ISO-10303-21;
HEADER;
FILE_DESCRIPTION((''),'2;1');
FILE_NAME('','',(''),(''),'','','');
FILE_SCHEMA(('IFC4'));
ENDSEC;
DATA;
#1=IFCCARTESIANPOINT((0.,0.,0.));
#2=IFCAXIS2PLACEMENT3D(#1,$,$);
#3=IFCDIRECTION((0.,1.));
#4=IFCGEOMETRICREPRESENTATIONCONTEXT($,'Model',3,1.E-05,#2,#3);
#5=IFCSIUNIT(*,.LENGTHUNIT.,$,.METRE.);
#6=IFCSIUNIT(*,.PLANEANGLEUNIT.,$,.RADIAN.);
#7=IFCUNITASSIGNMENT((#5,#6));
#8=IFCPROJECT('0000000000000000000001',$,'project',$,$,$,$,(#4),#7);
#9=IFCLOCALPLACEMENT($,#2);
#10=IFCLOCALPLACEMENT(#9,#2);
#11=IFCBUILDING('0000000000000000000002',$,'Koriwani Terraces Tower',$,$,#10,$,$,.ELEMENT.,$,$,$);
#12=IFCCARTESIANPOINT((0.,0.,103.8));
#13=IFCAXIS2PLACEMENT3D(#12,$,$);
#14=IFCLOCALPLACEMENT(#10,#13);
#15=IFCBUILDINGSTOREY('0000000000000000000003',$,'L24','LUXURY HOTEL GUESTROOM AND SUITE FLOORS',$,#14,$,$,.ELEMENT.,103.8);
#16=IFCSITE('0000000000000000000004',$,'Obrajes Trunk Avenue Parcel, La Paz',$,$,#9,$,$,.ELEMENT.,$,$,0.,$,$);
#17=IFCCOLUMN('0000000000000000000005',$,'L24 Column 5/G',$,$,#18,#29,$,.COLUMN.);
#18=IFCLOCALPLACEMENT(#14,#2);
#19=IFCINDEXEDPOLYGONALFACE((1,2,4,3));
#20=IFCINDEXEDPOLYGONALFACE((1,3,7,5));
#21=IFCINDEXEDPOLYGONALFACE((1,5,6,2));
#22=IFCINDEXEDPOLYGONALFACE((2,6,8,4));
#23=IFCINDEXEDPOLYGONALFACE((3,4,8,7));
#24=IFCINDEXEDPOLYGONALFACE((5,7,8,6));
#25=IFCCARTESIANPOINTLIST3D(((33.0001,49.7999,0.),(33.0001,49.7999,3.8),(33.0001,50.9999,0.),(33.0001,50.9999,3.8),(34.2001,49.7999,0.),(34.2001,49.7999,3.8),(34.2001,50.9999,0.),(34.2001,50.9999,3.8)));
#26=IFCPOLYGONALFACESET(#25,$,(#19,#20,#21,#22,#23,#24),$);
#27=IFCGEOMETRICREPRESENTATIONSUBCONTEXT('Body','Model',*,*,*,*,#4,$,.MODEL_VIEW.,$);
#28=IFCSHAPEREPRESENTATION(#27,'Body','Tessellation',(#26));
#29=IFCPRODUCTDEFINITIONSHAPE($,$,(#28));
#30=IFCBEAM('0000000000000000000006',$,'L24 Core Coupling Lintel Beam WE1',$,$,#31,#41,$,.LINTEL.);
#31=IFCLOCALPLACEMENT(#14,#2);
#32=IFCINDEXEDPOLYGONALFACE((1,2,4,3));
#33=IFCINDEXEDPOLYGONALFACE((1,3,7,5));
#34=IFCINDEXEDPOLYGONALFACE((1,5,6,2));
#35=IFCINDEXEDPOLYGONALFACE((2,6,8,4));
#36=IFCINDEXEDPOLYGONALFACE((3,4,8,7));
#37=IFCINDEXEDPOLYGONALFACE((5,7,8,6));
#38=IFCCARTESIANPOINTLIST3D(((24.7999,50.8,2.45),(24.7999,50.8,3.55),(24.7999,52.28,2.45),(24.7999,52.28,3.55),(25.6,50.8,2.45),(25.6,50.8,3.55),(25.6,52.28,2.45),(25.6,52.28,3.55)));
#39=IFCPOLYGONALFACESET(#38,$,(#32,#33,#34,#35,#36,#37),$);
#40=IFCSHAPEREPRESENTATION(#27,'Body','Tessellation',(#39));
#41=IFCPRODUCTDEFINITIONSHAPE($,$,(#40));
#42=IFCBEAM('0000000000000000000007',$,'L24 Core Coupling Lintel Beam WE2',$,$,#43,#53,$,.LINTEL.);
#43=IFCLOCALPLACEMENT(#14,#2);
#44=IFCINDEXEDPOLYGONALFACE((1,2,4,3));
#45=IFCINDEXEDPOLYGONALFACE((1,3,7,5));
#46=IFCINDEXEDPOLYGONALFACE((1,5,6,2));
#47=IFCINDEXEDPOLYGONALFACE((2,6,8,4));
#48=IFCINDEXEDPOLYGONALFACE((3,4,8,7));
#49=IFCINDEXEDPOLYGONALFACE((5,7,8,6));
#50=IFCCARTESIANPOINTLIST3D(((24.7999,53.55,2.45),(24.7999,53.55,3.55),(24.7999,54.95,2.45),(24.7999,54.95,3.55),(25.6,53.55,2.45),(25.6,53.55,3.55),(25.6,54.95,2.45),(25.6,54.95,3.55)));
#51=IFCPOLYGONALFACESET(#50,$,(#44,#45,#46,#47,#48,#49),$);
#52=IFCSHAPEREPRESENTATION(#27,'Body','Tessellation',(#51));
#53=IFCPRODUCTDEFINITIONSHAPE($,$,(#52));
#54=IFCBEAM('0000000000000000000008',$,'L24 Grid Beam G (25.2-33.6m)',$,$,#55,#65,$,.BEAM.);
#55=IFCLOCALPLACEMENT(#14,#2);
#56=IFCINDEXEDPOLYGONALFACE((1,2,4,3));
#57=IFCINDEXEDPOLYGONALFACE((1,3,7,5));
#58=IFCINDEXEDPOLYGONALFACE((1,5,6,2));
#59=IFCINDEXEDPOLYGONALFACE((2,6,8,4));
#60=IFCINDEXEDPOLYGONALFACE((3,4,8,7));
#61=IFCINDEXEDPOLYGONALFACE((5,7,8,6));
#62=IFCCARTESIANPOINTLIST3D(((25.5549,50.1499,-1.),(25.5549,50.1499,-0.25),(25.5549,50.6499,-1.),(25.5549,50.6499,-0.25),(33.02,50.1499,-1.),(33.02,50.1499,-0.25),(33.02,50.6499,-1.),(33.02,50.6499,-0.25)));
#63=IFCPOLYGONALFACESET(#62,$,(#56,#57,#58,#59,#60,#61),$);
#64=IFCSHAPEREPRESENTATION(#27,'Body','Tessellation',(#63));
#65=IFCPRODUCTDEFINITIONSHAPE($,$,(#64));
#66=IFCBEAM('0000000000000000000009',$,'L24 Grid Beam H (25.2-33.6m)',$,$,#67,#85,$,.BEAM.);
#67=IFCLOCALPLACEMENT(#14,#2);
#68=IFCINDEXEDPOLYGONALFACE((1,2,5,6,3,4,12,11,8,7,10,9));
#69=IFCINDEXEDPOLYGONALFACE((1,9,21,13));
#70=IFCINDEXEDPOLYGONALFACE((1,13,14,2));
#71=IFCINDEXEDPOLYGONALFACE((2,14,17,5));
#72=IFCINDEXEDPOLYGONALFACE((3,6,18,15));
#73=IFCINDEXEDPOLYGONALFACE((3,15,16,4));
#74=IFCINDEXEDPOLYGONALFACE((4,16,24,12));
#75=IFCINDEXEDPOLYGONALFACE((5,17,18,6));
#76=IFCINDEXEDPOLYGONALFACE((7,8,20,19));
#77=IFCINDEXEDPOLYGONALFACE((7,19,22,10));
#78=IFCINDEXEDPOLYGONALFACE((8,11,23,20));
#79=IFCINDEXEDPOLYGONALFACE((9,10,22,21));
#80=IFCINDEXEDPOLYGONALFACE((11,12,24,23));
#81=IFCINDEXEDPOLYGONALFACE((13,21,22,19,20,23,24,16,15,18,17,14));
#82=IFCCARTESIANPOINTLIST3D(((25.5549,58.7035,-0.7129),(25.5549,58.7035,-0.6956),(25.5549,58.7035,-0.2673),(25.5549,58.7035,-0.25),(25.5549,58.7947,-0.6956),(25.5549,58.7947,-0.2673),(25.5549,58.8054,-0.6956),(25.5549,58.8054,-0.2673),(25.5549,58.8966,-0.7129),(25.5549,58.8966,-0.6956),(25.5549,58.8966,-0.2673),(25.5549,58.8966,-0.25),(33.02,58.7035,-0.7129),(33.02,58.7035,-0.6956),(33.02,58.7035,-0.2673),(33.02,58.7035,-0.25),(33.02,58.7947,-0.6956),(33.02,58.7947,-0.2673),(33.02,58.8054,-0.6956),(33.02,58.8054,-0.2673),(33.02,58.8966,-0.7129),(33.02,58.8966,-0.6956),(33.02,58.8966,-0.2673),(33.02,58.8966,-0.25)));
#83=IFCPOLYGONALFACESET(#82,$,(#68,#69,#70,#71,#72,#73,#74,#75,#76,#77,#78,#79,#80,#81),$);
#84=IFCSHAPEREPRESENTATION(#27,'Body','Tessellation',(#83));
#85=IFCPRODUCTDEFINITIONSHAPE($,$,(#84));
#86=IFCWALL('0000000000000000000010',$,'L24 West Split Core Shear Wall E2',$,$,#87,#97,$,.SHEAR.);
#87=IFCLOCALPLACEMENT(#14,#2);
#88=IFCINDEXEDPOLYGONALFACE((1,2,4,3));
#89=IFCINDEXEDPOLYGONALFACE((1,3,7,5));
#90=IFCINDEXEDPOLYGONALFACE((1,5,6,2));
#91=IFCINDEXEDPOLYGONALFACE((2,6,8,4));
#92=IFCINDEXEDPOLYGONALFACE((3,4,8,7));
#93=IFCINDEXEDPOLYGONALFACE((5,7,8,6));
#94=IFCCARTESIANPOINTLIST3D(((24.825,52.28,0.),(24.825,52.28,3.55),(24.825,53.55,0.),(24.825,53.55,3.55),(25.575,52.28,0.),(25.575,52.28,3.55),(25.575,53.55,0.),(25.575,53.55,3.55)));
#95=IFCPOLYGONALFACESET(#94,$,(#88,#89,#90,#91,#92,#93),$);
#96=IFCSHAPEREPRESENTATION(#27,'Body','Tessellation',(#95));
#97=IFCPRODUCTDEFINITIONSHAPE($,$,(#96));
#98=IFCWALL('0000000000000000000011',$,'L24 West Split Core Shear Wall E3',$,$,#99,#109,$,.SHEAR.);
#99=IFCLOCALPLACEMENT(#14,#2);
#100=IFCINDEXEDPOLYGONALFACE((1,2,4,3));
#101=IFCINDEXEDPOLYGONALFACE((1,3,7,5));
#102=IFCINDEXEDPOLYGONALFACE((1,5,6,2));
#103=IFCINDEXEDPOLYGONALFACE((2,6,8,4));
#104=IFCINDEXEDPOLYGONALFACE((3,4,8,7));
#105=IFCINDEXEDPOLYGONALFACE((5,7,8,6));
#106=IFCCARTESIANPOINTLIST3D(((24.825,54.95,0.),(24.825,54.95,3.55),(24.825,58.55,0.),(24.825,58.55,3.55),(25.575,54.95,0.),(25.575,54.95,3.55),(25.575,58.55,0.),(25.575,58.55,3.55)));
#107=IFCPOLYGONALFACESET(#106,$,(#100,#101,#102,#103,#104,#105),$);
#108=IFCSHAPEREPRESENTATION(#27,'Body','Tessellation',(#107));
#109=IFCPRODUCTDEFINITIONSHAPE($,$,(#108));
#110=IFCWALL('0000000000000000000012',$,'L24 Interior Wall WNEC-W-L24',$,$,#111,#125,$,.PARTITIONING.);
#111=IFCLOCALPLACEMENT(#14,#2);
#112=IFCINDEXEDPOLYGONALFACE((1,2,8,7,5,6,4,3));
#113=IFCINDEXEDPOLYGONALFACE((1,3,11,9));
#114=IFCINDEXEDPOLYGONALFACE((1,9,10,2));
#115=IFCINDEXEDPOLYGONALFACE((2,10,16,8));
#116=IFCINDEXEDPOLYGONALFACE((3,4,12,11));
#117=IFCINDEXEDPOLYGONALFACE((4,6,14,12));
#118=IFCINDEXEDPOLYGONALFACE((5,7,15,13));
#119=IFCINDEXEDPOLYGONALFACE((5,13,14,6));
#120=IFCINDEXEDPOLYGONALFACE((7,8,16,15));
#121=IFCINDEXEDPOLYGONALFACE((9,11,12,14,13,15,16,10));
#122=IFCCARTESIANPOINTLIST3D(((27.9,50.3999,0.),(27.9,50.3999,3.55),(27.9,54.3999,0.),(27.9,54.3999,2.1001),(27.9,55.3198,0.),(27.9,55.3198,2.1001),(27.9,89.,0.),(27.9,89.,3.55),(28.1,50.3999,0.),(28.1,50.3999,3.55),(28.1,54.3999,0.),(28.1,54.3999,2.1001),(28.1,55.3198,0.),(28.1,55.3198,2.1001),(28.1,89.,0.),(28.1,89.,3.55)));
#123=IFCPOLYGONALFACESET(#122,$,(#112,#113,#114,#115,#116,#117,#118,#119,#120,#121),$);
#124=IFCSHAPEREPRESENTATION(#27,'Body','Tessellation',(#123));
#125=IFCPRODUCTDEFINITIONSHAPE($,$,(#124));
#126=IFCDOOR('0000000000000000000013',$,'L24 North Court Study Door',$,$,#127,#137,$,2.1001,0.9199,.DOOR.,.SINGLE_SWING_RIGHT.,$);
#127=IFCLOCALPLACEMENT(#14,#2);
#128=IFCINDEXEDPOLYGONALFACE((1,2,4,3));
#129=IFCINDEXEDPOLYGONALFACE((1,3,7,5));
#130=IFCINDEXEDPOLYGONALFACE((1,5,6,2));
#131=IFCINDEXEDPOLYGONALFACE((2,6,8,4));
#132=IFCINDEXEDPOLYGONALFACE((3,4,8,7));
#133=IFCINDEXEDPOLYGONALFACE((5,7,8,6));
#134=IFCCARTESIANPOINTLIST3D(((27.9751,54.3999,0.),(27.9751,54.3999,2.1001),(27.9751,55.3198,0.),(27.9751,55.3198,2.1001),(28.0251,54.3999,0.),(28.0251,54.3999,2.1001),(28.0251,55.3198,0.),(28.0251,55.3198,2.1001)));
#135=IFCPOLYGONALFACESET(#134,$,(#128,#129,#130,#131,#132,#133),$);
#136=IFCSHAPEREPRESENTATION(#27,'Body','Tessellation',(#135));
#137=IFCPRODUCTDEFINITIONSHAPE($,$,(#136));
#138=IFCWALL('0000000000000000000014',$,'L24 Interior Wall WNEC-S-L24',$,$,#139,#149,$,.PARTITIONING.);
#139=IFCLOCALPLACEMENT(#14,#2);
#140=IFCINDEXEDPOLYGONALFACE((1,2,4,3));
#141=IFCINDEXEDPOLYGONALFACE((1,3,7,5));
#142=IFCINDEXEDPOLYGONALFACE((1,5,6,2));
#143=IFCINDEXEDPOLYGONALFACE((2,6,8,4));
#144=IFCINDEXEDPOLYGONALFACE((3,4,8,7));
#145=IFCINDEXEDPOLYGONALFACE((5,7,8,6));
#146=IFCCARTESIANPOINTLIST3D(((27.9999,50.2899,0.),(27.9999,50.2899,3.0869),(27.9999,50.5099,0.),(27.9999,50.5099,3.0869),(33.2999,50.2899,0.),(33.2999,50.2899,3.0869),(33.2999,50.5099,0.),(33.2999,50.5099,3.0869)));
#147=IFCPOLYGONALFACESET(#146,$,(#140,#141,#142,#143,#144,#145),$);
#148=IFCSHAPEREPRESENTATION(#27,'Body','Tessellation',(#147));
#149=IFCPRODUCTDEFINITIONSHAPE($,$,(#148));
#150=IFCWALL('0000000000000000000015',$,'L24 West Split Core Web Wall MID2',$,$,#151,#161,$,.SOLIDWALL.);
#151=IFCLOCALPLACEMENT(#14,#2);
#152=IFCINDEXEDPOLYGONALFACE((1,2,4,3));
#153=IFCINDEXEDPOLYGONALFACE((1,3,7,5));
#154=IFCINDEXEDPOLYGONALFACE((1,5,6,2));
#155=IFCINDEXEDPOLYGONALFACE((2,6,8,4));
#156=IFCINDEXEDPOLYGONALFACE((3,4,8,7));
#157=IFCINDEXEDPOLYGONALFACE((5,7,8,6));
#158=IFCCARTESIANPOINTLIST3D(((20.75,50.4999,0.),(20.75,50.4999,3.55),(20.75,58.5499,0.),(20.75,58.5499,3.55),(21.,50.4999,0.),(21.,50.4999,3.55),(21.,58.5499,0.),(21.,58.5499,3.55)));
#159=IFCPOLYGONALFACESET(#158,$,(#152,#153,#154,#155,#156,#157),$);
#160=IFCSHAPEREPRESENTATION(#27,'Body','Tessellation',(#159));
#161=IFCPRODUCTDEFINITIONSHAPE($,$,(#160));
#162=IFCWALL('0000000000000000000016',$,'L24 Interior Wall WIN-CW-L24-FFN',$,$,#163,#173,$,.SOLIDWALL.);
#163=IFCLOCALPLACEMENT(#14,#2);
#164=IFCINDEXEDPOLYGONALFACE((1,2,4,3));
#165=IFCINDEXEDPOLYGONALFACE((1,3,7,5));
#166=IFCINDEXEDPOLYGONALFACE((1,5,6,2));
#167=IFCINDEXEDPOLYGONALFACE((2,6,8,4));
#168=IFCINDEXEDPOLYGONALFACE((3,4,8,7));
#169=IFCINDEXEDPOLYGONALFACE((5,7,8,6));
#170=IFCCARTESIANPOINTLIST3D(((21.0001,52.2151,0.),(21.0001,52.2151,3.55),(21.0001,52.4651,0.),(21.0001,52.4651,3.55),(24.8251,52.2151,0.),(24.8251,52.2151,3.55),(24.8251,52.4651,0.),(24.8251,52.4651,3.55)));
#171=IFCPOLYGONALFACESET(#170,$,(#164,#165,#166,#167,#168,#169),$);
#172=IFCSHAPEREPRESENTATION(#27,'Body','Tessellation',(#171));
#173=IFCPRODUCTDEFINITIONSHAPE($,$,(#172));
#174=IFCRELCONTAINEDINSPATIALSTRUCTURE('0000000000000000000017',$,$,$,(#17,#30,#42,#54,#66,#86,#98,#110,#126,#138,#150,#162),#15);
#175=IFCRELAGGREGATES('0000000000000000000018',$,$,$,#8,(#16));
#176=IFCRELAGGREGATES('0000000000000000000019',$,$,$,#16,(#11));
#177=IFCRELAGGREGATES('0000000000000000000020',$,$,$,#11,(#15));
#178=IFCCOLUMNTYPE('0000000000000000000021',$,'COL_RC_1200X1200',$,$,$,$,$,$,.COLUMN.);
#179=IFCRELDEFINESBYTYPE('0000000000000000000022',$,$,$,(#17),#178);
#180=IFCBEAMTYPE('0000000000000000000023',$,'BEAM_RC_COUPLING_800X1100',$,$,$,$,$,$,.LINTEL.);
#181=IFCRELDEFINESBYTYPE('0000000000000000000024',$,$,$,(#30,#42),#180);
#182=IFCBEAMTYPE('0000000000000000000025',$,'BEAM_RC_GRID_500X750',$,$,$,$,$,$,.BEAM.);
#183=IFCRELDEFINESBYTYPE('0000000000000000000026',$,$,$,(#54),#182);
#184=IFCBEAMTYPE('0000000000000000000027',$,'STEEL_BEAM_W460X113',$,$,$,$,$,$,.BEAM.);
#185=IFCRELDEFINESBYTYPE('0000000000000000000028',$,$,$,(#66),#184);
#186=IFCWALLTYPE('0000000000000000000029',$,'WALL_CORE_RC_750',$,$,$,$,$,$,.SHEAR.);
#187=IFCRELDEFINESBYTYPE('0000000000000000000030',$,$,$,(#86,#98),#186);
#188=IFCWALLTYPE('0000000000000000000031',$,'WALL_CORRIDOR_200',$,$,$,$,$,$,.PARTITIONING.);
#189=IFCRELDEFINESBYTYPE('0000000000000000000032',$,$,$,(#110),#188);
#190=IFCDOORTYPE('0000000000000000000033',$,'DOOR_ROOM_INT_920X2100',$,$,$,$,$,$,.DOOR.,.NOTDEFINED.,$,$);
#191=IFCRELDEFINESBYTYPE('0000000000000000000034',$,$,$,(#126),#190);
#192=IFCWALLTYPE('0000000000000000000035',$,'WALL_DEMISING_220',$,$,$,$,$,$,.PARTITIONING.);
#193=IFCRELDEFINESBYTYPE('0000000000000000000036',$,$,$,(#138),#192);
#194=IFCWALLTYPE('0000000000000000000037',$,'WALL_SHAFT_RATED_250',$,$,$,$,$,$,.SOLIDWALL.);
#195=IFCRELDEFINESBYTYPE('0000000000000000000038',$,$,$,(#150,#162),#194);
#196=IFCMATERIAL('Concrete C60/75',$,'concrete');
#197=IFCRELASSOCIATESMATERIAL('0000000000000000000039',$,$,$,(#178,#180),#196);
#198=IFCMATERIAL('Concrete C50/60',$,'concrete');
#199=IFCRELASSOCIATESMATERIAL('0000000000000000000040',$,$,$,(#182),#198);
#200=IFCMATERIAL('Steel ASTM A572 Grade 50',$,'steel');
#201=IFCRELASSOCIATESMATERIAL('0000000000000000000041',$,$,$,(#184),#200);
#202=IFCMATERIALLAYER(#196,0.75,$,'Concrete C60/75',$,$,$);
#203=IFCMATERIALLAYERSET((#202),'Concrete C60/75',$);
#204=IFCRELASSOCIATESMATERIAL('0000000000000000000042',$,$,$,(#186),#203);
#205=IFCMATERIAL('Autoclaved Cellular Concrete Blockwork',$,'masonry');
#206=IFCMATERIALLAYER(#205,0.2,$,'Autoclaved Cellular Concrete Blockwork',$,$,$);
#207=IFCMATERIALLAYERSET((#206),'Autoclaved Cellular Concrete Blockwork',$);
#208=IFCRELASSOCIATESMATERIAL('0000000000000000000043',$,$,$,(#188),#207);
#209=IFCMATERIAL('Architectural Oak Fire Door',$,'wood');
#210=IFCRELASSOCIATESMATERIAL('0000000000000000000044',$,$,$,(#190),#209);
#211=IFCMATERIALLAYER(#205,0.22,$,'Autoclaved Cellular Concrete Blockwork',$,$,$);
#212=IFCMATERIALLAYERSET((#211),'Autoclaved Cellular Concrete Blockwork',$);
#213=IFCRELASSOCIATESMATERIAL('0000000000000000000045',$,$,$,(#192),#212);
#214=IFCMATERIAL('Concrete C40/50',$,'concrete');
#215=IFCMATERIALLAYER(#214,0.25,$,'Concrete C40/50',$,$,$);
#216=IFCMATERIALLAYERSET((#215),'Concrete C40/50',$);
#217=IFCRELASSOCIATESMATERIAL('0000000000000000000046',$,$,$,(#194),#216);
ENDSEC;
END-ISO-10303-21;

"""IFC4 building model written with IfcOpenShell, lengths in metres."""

from ifc_helpers import new_model, si_unit, direction, frame, frame_2d, origin, origin_2d, place, context, subcontext, project, spatial, rectangle, i_section, extrude, material, layer, layer_set, material_profile, profile_set, type_object, element, fill, save


model = new_model("IFC4")

# Units and contexts
model_context = context("Model", 3, precision=1e-05, world=origin(), true_north=direction((0.0, 1.0)))
body_context = subcontext(model_context, "Body", "Model", "MODEL_VIEW")
ifc_project = project(units=[si_unit("LENGTHUNIT", "METRE"), si_unit("PLANEANGLEUNIT", "RADIAN")], contexts=[model_context])

# Site, building, storey
site_placement = place(None, origin())
site = spatial("IfcSite", under=ifc_project, at=site_placement, Name="Obrajes Trunk Avenue Parcel, La Paz", CompositionType="ELEMENT", RefElevation=0.0)
building_placement = place(site_placement, origin())
building = spatial("IfcBuilding", under=site, at=building_placement, Name="Koriwani Terraces Tower", CompositionType="ELEMENT")
storey_placement = place(building_placement, frame((0.0, 0.0, 103.8)))
storey = spatial("IfcBuildingStorey", under=building, at=storey_placement, Name="L24", Description="LUXURY HOTEL GUESTROOM AND SUITE FLOORS", CompositionType="ELEMENT", Elevation=103.8)

# Column
ifc_material_1 = material(Name="Concrete C60/75", Category="concrete")
ifc_material_profile_1 = material_profile(ifc_material_1, rectangle(XDim=1.2, YDim=1.2, at=origin_2d()), Name="Concrete C60/75", Category="LoadBearing")
ifc_profile_set_1 = profile_set([ifc_material_profile_1], Name="Concrete C60/75")
column_type = type_object("IfcColumnType", Name="COL_RC_1200X1200", PredefinedType="COLUMN", material=ifc_profile_set_1)
column_placement = place(storey_placement, frame((33.6001, 50.3999, 0.0), z_axis=(0.0, 0.0, 1.0), x_axis=(1.0, 0.0, 0.0)))
element("IfcColumn", 1, at=column_placement, inside=storey, type_object=column_type, Name="L24 Column 5/G", PredefinedType="COLUMN", context=body_context, shape_type="SweptSolid", body=[
    extrude(rectangle(XDim=1.2, YDim=1.2, at=origin_2d()), origin(), (0.0, 0.0, 1.0), 3.8),
])

# Beams
ifc_material_profile_2 = material_profile(ifc_material_1, rectangle(XDim=0.8, YDim=1.1001, at=origin_2d()), Name="Concrete C60/75", Category="LoadBearing")
ifc_profile_set_2 = profile_set([ifc_material_profile_2], Name="Concrete C60/75")
beam_type_1 = type_object("IfcBeamType", Name="BEAM_RC_COUPLING_800X1100", PredefinedType="LINTEL", material=ifc_profile_set_2)
beam_1_placement = place(storey_placement, frame((25.2, 50.8, 3.0), z_axis=(0.0, 1.0, 0.0), x_axis=(-1.0, 0.0, 0.0)))
element("IfcBeam", 2, at=beam_1_placement, inside=storey, type_object=beam_type_1, Name="L24 Core Coupling Lintel Beam WE1", PredefinedType="LINTEL", context=body_context, shape_type="SweptSolid", body=[
    extrude(rectangle(XDim=0.8, YDim=1.1001, at=origin_2d()), origin(), (0.0, 0.0, 1.0), 1.48),
])
beam_2_placement = place(storey_placement, frame((25.2, 53.55, 3.0), z_axis=(0.0, 1.0, 0.0), x_axis=(-1.0, 0.0, 0.0)))
element("IfcBeam", 3, at=beam_2_placement, inside=storey, type_object=beam_type_1, Name="L24 Core Coupling Lintel Beam WE2", PredefinedType="LINTEL", context=body_context, shape_type="SweptSolid", body=[
    extrude(rectangle(XDim=0.8, YDim=1.1001, at=origin_2d()), origin(), (0.0, 0.0, 1.0), 1.3999),
])
ifc_material_2 = material(Name="Concrete C50/60", Category="concrete")
ifc_material_profile_3 = material_profile(ifc_material_2, rectangle(XDim=0.5, YDim=0.75, at=origin_2d()), Name="Concrete C50/60", Category="LoadBearing")
ifc_profile_set_3 = profile_set([ifc_material_profile_3], Name="Concrete C50/60")
beam_type_2 = type_object("IfcBeamType", Name="BEAM_RC_GRID_500X750", PredefinedType="BEAM", material=ifc_profile_set_3)
beam_3_placement = place(storey_placement, frame((25.5549, 50.3999, -0.625), z_axis=(1.0, 0.0, 0.0), x_axis=(0.0, 1.0, 0.0)))
element("IfcBeam", 4, at=beam_3_placement, inside=storey, type_object=beam_type_2, Name="L24 Grid Beam G (25.2-33.6m)", PredefinedType="BEAM", context=body_context, shape_type="SweptSolid", body=[
    extrude(rectangle(XDim=0.5, YDim=0.75, at=origin_2d()), origin(), (0.0, 0.0, 1.0), 7.4651),
])
ifc_material_3 = material(Name="Steel ASTM A572 Grade 50", Category="steel")
ifc_material_profile_4 = material_profile(ifc_material_3, i_section(OverallWidth=0.1931, OverallDepth=0.4629, WebThickness=0.0107, FlangeThickness=0.0173, at=origin_2d()), Name="Steel ASTM A572 Grade 50", Category="LoadBearing")
ifc_profile_set_4 = profile_set([ifc_material_profile_4], Name="Steel ASTM A572 Grade 50")
beam_type_3 = type_object("IfcBeamType", Name="STEEL_BEAM_W460X113", PredefinedType="BEAM", material=ifc_profile_set_4)
beam_4_placement = place(storey_placement, frame((25.5549, 58.8, -0.4814), z_axis=(1.0, 0.0, 0.0), x_axis=(0.0, 1.0, 0.0)))
element("IfcBeam", 5, at=beam_4_placement, inside=storey, type_object=beam_type_3, Name="L24 Grid Beam H (25.2-33.6m)", PredefinedType="BEAM", context=body_context, shape_type="SweptSolid", body=[
    extrude(i_section(OverallWidth=0.1931, OverallDepth=0.4629, WebThickness=0.0107, FlangeThickness=0.0173, at=origin_2d()), origin(), (0.0, 0.0, 1.0), 7.4651),
])

# Walls
ifc_layer_1 = layer(ifc_material_1, 0.75, Name="Concrete C60/75")
ifc_layer_set_1 = layer_set([ifc_layer_1], Name="Concrete C60/75")
wall_type_1 = type_object("IfcWallType", Name="WALL_CORE_RC_750", PredefinedType="SHEAR", material=ifc_layer_set_1)
wall_1_placement = place(storey_placement, frame((25.2, 52.28, 0.0), z_axis=(0.0, 0.0, 1.0), x_axis=(0.0, 1.0, 0.0)))
element("IfcWall", 6, at=wall_1_placement, inside=storey, type_object=wall_type_1, Name="L24 West Split Core Shear Wall E2", PredefinedType="SHEAR", context=body_context, shape_type="SweptSolid", body=[
    extrude(rectangle(XDim=1.27, YDim=0.75, at=frame_2d((0.635, 0.0))), origin(), (0.0, 0.0, 1.0), 3.55),
])
wall_2_placement = place(storey_placement, frame((25.2, 54.95, 0.0), z_axis=(0.0, 0.0, 1.0), x_axis=(0.0, 1.0, 0.0)))
element("IfcWall", 7, at=wall_2_placement, inside=storey, type_object=wall_type_1, Name="L24 West Split Core Shear Wall E3", PredefinedType="SHEAR", context=body_context, shape_type="SweptSolid", body=[
    extrude(rectangle(XDim=3.6001, YDim=0.75, at=frame_2d((1.8, 0.0))), origin(), (0.0, 0.0, 1.0), 3.55),
])

# Wall, opening, door
ifc_material_4 = material(Name="Autoclaved Cellular Concrete Blockwork", Category="masonry")
ifc_layer_2 = layer(ifc_material_4, 0.2, Name="Autoclaved Cellular Concrete Blockwork")
ifc_layer_set_2 = layer_set([ifc_layer_2], Name="Autoclaved Cellular Concrete Blockwork")
wall_type_2 = type_object("IfcWallType", Name="WALL_CORRIDOR_200", PredefinedType="PARTITIONING", material=ifc_layer_set_2)
wall_3_placement = place(storey_placement, frame((28.0, 50.3999, 0.0), z_axis=(0.0, 0.0, 1.0), x_axis=(0.0, 1.0, 0.0)))
wall_3 = element("IfcWall", 8, at=wall_3_placement, inside=storey, type_object=wall_type_2, Name="L24 Interior Wall WNEC-W-L24", PredefinedType="PARTITIONING", context=body_context, shape_type="SweptSolid", body=[
    extrude(rectangle(XDim=38.6001, YDim=0.2, at=frame_2d((19.3, 0.0))), origin(), (0.0, 0.0, 1.0), 3.55),
])
opening_1_placement = place(wall_3_placement, frame((4.0, 0.0, 0.0)))
opening_1 = element("IfcOpeningElement", 9, at=opening_1_placement, cuts=wall_3, PredefinedType="OPENING", context=body_context, shape_type="SweptSolid", body=[
    extrude(rectangle(XDim=0.9199, YDim=2.1001, at=frame_2d((0.46, 1.05))), frame((0.0, 0.1099, 0.0), z_axis=(0.0, -1.0, 0.0), x_axis=(1.0, 0.0, 0.0)), (0.0, 0.0, 1.0), 0.22),
])
ifc_material_5 = material(Name="Architectural Oak Fire Door", Category="wood")
door_type_1 = type_object("IfcDoorType", Name="DOOR_ROOM_INT_920X2100", OperationType="NOTDEFINED", PredefinedType="DOOR", material=ifc_material_5)
door_1_placement = place(opening_1_placement, origin())
door_1 = element("IfcDoor", 10, at=door_1_placement, inside=storey, type_object=door_type_1, Name="L24 North Court Study Door", OperationType="SINGLE_SWING_RIGHT", OverallHeight=2.1001, OverallWidth=0.9199, PredefinedType="DOOR", context=body_context, shape_type="SweptSolid", body=[
    extrude(rectangle(XDim=0.9199, YDim=2.1001, at=frame_2d((0.46, 1.05))), frame((0.0, 0.0249, 0.0), z_axis=(0.0, -1.0, 0.0), x_axis=(1.0, 0.0, 0.0)), (0.0, 0.0, 1.0), 0.05),
])
fill(opening_1, door_1)

# Walls
ifc_layer_3 = layer(ifc_material_4, 0.22, Name="Autoclaved Cellular Concrete Blockwork")
ifc_layer_set_3 = layer_set([ifc_layer_3], Name="Autoclaved Cellular Concrete Blockwork")
wall_type_3 = type_object("IfcWallType", Name="WALL_DEMISING_220", PredefinedType="PARTITIONING", material=ifc_layer_set_3)
wall_4_placement = place(storey_placement, frame((28.0, 50.3999, 0.0), z_axis=(0.0, 0.0, 1.0), x_axis=(1.0, 0.0, 0.0)))
element("IfcWall", 11, at=wall_4_placement, inside=storey, type_object=wall_type_3, Name="L24 Interior Wall WNEC-S-L24", PredefinedType="PARTITIONING", context=body_context, shape_type="SweptSolid", body=[
    extrude(rectangle(XDim=5.3, YDim=0.22, at=frame_2d((2.6499, 0.0))), origin(), (0.0, 0.0, 1.0), 3.0869),
])
ifc_material_6 = material(Name="Concrete C40/50", Category="concrete")
ifc_layer_4 = layer(ifc_material_6, 0.25, Name="Concrete C40/50")
ifc_layer_set_4 = layer_set([ifc_layer_4], Name="Concrete C40/50")
wall_type_4 = type_object("IfcWallType", Name="WALL_SHAFT_RATED_250", PredefinedType="SOLIDWALL", material=ifc_layer_set_4)
wall_5_placement = place(storey_placement, frame((20.875, 50.5, 0.0), z_axis=(0.0, 0.0, 1.0), x_axis=(0.0, 1.0, 0.0)))
element("IfcWall", 12, at=wall_5_placement, inside=storey, type_object=wall_type_4, Name="L24 West Split Core Web Wall MID2", PredefinedType="SOLIDWALL", context=body_context, shape_type="SweptSolid", body=[
    extrude(rectangle(XDim=8.05, YDim=0.25, at=frame_2d((4.0249, 0.0))), origin(), (0.0, 0.0, 1.0), 3.55),
])

# Wall
wall_6_placement = place(storey_placement, frame((21.0, 52.3401, 0.0), z_axis=(0.0, 0.0, 1.0), x_axis=(1.0, 0.0, 0.0)))
element("IfcWall", 13, at=wall_6_placement, inside=storey, type_object=wall_type_4, Name="L24 Interior Wall WIN-CW-L24-FFN", PredefinedType="SOLIDWALL", context=body_context, shape_type="SweptSolid", body=[
    extrude(rectangle(XDim=3.825, YDim=0.25, at=frame_2d((1.9126, 0.0))), origin(), (0.0, 0.0, 1.0), 3.55),
])

save(model, "model.ifc")
